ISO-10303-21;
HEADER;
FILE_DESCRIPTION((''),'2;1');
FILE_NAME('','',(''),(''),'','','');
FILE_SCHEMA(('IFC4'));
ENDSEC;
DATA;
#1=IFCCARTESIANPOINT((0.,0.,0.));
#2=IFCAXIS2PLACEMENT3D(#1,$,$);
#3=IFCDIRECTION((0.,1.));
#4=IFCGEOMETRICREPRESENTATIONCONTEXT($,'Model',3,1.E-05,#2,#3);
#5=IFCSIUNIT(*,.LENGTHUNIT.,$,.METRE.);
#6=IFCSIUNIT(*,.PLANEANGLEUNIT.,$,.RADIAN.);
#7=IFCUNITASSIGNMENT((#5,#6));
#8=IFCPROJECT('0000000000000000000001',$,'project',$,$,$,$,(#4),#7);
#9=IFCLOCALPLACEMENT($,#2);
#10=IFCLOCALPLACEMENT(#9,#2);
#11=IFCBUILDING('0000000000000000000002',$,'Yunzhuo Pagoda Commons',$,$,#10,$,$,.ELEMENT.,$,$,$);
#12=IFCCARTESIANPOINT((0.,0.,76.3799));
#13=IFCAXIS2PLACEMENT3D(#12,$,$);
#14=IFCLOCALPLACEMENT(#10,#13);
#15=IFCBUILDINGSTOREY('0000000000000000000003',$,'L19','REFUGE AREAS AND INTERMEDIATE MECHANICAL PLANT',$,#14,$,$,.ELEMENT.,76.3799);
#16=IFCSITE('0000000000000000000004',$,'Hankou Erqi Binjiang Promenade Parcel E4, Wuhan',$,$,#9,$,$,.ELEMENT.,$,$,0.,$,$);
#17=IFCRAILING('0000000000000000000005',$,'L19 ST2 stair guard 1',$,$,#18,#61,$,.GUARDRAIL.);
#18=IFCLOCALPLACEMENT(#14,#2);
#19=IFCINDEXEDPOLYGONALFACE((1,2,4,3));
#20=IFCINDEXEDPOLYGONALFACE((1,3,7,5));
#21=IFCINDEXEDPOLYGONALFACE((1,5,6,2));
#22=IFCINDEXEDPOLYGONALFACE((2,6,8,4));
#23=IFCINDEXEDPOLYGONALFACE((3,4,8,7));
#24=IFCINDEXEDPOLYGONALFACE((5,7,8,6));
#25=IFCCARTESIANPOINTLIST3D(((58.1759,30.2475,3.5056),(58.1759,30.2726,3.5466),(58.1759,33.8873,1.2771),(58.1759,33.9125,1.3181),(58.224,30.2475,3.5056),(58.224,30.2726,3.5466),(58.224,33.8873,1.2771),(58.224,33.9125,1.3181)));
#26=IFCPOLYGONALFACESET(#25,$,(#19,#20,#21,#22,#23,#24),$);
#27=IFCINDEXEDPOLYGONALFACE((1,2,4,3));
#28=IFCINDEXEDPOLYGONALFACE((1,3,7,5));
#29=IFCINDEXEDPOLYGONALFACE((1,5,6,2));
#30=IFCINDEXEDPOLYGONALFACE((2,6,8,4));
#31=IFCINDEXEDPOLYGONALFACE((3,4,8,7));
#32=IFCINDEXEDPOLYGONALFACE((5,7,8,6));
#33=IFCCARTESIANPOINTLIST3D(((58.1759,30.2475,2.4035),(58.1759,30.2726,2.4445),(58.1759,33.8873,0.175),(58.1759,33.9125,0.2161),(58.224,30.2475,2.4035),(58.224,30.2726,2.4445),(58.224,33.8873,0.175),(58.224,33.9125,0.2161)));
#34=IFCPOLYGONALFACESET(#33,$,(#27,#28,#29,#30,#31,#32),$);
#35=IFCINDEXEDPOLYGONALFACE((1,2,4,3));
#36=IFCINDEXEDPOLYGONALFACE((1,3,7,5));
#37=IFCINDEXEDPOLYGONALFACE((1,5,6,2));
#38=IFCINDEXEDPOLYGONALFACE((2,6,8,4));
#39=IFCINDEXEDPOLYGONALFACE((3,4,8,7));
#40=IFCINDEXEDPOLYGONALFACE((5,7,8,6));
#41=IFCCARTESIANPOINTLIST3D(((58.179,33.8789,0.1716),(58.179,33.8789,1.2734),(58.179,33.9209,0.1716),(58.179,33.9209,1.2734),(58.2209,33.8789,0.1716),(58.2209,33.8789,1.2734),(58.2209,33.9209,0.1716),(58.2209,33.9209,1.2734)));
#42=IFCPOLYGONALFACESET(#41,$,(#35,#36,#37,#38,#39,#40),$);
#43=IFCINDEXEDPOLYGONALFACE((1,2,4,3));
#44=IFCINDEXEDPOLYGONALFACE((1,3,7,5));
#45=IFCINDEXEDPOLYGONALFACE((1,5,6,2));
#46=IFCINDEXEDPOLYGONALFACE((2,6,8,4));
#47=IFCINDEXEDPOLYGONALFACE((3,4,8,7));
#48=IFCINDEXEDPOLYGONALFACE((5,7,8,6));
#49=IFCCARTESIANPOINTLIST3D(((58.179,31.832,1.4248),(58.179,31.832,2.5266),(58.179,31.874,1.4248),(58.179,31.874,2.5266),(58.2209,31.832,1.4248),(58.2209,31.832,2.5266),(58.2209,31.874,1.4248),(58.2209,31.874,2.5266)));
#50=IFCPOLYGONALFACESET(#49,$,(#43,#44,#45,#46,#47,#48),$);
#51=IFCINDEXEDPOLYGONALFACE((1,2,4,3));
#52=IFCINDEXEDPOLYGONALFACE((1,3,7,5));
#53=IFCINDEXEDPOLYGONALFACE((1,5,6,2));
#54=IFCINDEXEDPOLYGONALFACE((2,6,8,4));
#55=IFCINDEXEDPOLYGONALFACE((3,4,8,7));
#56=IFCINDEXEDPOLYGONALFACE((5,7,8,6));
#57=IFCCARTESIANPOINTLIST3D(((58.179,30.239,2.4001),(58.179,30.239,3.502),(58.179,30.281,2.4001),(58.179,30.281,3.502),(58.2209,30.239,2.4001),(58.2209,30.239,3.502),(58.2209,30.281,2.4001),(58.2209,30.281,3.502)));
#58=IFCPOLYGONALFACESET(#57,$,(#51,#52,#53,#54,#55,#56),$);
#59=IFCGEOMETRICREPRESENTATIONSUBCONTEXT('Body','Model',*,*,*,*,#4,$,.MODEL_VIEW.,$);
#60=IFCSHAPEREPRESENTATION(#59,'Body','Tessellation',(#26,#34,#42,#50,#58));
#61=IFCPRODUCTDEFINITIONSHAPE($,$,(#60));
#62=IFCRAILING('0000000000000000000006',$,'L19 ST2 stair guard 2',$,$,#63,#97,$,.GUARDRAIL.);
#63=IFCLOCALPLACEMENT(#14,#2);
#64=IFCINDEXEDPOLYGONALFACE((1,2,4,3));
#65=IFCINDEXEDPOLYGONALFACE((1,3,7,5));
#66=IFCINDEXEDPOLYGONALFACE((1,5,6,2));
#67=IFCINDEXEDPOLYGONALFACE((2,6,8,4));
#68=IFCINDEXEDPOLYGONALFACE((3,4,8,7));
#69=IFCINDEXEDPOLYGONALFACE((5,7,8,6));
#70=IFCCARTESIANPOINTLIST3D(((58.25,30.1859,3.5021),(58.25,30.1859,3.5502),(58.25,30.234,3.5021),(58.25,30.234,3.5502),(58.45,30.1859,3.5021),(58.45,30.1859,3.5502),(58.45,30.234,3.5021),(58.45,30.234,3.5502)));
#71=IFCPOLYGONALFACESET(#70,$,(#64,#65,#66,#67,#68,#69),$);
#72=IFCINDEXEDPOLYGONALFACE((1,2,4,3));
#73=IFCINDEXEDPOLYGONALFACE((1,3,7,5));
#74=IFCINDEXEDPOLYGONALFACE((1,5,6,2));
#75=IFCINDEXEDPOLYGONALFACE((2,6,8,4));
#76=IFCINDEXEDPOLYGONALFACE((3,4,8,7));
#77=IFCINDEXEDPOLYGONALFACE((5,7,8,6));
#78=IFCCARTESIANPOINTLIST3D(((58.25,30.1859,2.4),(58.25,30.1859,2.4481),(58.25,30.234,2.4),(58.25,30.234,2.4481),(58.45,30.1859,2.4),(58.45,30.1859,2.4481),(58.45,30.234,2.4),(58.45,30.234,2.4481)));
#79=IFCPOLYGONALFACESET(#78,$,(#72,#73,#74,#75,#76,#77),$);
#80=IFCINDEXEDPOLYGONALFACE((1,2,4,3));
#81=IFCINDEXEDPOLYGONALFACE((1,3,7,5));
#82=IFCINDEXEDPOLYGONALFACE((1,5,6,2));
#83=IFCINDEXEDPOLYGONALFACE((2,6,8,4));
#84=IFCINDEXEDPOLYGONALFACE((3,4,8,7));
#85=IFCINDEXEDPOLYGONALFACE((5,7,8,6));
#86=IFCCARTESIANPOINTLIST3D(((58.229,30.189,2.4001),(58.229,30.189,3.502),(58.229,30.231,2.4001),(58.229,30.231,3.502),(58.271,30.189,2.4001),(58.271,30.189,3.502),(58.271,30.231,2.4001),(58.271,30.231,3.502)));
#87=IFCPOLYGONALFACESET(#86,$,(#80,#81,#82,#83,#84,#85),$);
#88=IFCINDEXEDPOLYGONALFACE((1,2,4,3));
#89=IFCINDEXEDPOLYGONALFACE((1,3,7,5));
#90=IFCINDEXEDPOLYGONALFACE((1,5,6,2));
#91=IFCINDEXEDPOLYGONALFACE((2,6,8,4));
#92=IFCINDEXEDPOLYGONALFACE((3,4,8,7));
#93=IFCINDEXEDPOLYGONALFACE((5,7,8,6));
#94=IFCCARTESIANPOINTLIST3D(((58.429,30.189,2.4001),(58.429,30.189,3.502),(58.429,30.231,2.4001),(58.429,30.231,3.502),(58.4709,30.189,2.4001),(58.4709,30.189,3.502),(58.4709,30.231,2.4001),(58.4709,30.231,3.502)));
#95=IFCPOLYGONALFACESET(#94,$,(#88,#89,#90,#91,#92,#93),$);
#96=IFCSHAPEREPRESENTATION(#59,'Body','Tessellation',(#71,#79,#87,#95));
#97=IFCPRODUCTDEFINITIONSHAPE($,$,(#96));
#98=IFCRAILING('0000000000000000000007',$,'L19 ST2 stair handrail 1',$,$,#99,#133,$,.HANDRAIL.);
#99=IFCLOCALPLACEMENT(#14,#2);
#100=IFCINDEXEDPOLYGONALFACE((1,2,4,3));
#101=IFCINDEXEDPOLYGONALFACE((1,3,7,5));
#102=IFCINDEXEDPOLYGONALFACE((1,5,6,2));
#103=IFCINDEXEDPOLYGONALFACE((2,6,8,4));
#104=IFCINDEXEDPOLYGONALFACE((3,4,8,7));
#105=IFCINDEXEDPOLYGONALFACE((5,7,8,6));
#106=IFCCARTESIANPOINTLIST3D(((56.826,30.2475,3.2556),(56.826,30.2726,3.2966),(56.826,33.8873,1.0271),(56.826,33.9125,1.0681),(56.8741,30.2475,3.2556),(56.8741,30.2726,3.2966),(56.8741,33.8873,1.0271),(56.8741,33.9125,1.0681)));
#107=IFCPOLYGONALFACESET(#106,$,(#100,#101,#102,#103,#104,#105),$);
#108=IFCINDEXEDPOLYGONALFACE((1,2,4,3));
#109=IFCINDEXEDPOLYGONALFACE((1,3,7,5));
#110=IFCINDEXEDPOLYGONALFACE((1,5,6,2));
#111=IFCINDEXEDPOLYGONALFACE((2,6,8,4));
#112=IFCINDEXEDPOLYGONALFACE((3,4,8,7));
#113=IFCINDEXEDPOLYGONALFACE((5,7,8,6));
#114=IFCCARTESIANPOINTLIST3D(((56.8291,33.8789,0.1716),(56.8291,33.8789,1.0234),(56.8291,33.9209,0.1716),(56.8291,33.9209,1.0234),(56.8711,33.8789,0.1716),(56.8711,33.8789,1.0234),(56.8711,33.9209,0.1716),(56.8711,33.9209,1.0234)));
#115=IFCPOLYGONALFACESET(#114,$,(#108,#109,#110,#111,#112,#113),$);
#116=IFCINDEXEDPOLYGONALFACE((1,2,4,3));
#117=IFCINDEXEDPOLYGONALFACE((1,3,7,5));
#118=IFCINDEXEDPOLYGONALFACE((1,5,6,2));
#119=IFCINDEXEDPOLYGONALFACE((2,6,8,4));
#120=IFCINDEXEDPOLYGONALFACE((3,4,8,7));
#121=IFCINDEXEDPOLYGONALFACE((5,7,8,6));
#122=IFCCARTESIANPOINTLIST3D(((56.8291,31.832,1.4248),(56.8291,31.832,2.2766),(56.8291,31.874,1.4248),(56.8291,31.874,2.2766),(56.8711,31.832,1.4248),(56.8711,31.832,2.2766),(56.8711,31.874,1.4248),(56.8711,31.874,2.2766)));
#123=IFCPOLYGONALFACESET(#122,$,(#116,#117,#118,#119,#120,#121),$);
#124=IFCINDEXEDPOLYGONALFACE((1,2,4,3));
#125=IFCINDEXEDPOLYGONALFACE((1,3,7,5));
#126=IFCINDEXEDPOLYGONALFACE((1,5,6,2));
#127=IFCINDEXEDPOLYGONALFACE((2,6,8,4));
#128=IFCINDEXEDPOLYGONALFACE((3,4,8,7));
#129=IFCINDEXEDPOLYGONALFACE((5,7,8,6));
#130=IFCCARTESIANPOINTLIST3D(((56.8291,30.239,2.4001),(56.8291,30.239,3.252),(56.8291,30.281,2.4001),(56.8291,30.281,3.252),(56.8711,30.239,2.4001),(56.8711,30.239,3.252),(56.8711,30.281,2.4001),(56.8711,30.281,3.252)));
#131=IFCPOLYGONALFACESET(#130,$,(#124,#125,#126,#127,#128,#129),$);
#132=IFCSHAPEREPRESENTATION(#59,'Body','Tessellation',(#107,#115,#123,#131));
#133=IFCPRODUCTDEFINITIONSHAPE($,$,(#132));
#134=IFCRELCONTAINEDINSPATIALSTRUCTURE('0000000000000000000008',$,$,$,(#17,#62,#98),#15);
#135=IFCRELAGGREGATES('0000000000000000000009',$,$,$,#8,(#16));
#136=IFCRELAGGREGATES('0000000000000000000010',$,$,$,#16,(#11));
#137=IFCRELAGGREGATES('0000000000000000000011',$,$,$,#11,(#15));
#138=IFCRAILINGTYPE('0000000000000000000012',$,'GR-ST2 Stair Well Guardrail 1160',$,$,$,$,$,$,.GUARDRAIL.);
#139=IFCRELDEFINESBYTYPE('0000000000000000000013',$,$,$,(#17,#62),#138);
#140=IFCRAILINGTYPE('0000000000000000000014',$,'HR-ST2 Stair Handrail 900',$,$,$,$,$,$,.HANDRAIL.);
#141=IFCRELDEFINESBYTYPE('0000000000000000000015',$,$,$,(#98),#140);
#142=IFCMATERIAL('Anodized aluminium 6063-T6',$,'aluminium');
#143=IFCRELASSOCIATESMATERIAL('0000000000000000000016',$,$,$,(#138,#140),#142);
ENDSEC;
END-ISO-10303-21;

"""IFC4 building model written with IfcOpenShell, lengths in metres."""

from ifc_helpers import new_model, si_unit, direction, frame, origin, origin_2d, place, context, subcontext, project, spatial, rectangle, extrude, material, type_object, element, save


model = new_model("IFC4")

# Units and contexts
model_context = context("Model", 3, precision=1e-05, world=origin(), true_north=direction((0.0, 1.0)))
body_context = subcontext(model_context, "Body", "Model", "MODEL_VIEW")
ifc_project = project(units=[si_unit("LENGTHUNIT", "METRE"), si_unit("PLANEANGLEUNIT", "RADIAN")], contexts=[model_context])

# Site, building, storey
site_placement = place(None, origin())
site = spatial("IfcSite", under=ifc_project, at=site_placement, Name="Hankou Erqi Binjiang Promenade Parcel E4, Wuhan", CompositionType="ELEMENT", RefElevation=0.0)
building_placement = place(site_placement, origin())
building = spatial("IfcBuilding", under=site, at=building_placement, Name="Yunzhuo Pagoda Commons", CompositionType="ELEMENT")
storey_placement = place(building_placement, frame((0.0, 0.0, 76.3799)))
storey = spatial("IfcBuildingStorey", under=building, at=storey_placement, Name="L19", Description="REFUGE AREAS AND INTERMEDIATE MECHANICAL PLANT", CompositionType="ELEMENT", Elevation=76.3799)

# Railings
ifc_material_1 = material(Name="Anodized aluminium 6063-T6", Category="aluminium")
railing_type_1 = type_object("IfcRailingType", Name="GR-ST2 Stair Well Guardrail 1160", PredefinedType="GUARDRAIL", material=ifc_material_1)
railing_1_placement = place(storey_placement, frame((58.2, 33.8999, 0.1716)))
element("IfcRailing", 1, at=railing_1_placement, inside=storey, type_object=railing_type_1, Name="L19 ST2 stair guard 1", PredefinedType="GUARDRAIL", context=body_context, shape_type="SweptSolid", body=[
    extrude(rectangle(XDim=0.0481, YDim=0.0481, at=origin_2d()), frame((0.0, 0.0, 1.126), z_axis=(0.0, -0.85285, 0.522156), x_axis=(1.0, 0.0, 0.0)), (0.0, 0.0, 1.0), 4.2678),
    extrude(rectangle(XDim=0.0481, YDim=0.0481, at=origin_2d()), frame((0.0, 0.0, 0.0239), z_axis=(0.0, -0.85285, 0.522156), x_axis=(1.0, 0.0, 0.0)), (0.0, 0.0, 1.0), 4.2678),
    extrude(rectangle(XDim=0.042, YDim=0.042, at=origin_2d()), origin(), (0.0, 0.0, 1.0), 1.1018),
    extrude(rectangle(XDim=0.042, YDim=0.042, at=origin_2d()), frame((0.0, -2.0469, 1.2532)), (0.0, 0.0, 1.0), 1.1018),
    extrude(rectangle(XDim=0.042, YDim=0.042, at=origin_2d()), frame((0.0, -3.6399, 2.2285)), (0.0, 0.0, 1.0), 1.1018),
])
railing_2_placement = place(storey_placement, frame((58.25, 30.21, 2.4001)))
element("IfcRailing", 2, at=railing_2_placement, inside=storey, type_object=railing_type_1, Name="L19 ST2 stair guard 2", PredefinedType="GUARDRAIL", context=body_context, shape_type="SweptSolid", body=[
    extrude(rectangle(XDim=0.0481, YDim=0.0481, at=origin_2d()), frame((0.0, 0.0, 1.126), z_axis=(1.0, 0.0, 0.0), x_axis=(0.0, 1.0, 0.0)), (0.0, 0.0, 1.0), 0.2),
    extrude(rectangle(XDim=0.0481, YDim=0.0481, at=origin_2d()), frame((0.0, 0.0, 0.0239), z_axis=(1.0, 0.0, 0.0), x_axis=(0.0, 1.0, 0.0)), (0.0, 0.0, 1.0), 0.2),
    extrude(rectangle(XDim=0.042, YDim=0.042, at=origin_2d()), origin(), (0.0, 0.0, 1.0), 1.1018),
    extrude(rectangle(XDim=0.042, YDim=0.042, at=origin_2d()), frame((0.2, 0.0, 0.0)), (0.0, 0.0, 1.0), 1.1018),
])
railing_type_2 = type_object("IfcRailingType", Name="HR-ST2 Stair Handrail 900", PredefinedType="HANDRAIL", material=ifc_material_1)
railing_3_placement = place(storey_placement, frame((56.8501, 33.8999, 0.1716)))
element("IfcRailing", 3, at=railing_3_placement, inside=storey, type_object=railing_type_2, Name="L19 ST2 stair handrail 1", PredefinedType="HANDRAIL", context=body_context, shape_type="SweptSolid", body=[
    extrude(rectangle(XDim=0.0481, YDim=0.0481, at=origin_2d()), frame((0.0, 0.0, 0.876), z_axis=(0.0, -0.85285, 0.522156), x_axis=(1.0, 0.0, 0.0)), (0.0, 0.0, 1.0), 4.2678),
    extrude(rectangle(XDim=0.042, YDim=0.042, at=origin_2d()), origin(), (0.0, 0.0, 1.0), 0.8518),
    extrude(rectangle(XDim=0.042, YDim=0.042, at=origin_2d()), frame((0.0, -2.0469, 1.2532)), (0.0, 0.0, 1.0), 0.8518),
    extrude(rectangle(XDim=0.042, YDim=0.042, at=origin_2d()), frame((0.0, -3.6399, 2.2285)), (0.0, 0.0, 1.0), 0.8518),
])

save(model, "model.ifc")
